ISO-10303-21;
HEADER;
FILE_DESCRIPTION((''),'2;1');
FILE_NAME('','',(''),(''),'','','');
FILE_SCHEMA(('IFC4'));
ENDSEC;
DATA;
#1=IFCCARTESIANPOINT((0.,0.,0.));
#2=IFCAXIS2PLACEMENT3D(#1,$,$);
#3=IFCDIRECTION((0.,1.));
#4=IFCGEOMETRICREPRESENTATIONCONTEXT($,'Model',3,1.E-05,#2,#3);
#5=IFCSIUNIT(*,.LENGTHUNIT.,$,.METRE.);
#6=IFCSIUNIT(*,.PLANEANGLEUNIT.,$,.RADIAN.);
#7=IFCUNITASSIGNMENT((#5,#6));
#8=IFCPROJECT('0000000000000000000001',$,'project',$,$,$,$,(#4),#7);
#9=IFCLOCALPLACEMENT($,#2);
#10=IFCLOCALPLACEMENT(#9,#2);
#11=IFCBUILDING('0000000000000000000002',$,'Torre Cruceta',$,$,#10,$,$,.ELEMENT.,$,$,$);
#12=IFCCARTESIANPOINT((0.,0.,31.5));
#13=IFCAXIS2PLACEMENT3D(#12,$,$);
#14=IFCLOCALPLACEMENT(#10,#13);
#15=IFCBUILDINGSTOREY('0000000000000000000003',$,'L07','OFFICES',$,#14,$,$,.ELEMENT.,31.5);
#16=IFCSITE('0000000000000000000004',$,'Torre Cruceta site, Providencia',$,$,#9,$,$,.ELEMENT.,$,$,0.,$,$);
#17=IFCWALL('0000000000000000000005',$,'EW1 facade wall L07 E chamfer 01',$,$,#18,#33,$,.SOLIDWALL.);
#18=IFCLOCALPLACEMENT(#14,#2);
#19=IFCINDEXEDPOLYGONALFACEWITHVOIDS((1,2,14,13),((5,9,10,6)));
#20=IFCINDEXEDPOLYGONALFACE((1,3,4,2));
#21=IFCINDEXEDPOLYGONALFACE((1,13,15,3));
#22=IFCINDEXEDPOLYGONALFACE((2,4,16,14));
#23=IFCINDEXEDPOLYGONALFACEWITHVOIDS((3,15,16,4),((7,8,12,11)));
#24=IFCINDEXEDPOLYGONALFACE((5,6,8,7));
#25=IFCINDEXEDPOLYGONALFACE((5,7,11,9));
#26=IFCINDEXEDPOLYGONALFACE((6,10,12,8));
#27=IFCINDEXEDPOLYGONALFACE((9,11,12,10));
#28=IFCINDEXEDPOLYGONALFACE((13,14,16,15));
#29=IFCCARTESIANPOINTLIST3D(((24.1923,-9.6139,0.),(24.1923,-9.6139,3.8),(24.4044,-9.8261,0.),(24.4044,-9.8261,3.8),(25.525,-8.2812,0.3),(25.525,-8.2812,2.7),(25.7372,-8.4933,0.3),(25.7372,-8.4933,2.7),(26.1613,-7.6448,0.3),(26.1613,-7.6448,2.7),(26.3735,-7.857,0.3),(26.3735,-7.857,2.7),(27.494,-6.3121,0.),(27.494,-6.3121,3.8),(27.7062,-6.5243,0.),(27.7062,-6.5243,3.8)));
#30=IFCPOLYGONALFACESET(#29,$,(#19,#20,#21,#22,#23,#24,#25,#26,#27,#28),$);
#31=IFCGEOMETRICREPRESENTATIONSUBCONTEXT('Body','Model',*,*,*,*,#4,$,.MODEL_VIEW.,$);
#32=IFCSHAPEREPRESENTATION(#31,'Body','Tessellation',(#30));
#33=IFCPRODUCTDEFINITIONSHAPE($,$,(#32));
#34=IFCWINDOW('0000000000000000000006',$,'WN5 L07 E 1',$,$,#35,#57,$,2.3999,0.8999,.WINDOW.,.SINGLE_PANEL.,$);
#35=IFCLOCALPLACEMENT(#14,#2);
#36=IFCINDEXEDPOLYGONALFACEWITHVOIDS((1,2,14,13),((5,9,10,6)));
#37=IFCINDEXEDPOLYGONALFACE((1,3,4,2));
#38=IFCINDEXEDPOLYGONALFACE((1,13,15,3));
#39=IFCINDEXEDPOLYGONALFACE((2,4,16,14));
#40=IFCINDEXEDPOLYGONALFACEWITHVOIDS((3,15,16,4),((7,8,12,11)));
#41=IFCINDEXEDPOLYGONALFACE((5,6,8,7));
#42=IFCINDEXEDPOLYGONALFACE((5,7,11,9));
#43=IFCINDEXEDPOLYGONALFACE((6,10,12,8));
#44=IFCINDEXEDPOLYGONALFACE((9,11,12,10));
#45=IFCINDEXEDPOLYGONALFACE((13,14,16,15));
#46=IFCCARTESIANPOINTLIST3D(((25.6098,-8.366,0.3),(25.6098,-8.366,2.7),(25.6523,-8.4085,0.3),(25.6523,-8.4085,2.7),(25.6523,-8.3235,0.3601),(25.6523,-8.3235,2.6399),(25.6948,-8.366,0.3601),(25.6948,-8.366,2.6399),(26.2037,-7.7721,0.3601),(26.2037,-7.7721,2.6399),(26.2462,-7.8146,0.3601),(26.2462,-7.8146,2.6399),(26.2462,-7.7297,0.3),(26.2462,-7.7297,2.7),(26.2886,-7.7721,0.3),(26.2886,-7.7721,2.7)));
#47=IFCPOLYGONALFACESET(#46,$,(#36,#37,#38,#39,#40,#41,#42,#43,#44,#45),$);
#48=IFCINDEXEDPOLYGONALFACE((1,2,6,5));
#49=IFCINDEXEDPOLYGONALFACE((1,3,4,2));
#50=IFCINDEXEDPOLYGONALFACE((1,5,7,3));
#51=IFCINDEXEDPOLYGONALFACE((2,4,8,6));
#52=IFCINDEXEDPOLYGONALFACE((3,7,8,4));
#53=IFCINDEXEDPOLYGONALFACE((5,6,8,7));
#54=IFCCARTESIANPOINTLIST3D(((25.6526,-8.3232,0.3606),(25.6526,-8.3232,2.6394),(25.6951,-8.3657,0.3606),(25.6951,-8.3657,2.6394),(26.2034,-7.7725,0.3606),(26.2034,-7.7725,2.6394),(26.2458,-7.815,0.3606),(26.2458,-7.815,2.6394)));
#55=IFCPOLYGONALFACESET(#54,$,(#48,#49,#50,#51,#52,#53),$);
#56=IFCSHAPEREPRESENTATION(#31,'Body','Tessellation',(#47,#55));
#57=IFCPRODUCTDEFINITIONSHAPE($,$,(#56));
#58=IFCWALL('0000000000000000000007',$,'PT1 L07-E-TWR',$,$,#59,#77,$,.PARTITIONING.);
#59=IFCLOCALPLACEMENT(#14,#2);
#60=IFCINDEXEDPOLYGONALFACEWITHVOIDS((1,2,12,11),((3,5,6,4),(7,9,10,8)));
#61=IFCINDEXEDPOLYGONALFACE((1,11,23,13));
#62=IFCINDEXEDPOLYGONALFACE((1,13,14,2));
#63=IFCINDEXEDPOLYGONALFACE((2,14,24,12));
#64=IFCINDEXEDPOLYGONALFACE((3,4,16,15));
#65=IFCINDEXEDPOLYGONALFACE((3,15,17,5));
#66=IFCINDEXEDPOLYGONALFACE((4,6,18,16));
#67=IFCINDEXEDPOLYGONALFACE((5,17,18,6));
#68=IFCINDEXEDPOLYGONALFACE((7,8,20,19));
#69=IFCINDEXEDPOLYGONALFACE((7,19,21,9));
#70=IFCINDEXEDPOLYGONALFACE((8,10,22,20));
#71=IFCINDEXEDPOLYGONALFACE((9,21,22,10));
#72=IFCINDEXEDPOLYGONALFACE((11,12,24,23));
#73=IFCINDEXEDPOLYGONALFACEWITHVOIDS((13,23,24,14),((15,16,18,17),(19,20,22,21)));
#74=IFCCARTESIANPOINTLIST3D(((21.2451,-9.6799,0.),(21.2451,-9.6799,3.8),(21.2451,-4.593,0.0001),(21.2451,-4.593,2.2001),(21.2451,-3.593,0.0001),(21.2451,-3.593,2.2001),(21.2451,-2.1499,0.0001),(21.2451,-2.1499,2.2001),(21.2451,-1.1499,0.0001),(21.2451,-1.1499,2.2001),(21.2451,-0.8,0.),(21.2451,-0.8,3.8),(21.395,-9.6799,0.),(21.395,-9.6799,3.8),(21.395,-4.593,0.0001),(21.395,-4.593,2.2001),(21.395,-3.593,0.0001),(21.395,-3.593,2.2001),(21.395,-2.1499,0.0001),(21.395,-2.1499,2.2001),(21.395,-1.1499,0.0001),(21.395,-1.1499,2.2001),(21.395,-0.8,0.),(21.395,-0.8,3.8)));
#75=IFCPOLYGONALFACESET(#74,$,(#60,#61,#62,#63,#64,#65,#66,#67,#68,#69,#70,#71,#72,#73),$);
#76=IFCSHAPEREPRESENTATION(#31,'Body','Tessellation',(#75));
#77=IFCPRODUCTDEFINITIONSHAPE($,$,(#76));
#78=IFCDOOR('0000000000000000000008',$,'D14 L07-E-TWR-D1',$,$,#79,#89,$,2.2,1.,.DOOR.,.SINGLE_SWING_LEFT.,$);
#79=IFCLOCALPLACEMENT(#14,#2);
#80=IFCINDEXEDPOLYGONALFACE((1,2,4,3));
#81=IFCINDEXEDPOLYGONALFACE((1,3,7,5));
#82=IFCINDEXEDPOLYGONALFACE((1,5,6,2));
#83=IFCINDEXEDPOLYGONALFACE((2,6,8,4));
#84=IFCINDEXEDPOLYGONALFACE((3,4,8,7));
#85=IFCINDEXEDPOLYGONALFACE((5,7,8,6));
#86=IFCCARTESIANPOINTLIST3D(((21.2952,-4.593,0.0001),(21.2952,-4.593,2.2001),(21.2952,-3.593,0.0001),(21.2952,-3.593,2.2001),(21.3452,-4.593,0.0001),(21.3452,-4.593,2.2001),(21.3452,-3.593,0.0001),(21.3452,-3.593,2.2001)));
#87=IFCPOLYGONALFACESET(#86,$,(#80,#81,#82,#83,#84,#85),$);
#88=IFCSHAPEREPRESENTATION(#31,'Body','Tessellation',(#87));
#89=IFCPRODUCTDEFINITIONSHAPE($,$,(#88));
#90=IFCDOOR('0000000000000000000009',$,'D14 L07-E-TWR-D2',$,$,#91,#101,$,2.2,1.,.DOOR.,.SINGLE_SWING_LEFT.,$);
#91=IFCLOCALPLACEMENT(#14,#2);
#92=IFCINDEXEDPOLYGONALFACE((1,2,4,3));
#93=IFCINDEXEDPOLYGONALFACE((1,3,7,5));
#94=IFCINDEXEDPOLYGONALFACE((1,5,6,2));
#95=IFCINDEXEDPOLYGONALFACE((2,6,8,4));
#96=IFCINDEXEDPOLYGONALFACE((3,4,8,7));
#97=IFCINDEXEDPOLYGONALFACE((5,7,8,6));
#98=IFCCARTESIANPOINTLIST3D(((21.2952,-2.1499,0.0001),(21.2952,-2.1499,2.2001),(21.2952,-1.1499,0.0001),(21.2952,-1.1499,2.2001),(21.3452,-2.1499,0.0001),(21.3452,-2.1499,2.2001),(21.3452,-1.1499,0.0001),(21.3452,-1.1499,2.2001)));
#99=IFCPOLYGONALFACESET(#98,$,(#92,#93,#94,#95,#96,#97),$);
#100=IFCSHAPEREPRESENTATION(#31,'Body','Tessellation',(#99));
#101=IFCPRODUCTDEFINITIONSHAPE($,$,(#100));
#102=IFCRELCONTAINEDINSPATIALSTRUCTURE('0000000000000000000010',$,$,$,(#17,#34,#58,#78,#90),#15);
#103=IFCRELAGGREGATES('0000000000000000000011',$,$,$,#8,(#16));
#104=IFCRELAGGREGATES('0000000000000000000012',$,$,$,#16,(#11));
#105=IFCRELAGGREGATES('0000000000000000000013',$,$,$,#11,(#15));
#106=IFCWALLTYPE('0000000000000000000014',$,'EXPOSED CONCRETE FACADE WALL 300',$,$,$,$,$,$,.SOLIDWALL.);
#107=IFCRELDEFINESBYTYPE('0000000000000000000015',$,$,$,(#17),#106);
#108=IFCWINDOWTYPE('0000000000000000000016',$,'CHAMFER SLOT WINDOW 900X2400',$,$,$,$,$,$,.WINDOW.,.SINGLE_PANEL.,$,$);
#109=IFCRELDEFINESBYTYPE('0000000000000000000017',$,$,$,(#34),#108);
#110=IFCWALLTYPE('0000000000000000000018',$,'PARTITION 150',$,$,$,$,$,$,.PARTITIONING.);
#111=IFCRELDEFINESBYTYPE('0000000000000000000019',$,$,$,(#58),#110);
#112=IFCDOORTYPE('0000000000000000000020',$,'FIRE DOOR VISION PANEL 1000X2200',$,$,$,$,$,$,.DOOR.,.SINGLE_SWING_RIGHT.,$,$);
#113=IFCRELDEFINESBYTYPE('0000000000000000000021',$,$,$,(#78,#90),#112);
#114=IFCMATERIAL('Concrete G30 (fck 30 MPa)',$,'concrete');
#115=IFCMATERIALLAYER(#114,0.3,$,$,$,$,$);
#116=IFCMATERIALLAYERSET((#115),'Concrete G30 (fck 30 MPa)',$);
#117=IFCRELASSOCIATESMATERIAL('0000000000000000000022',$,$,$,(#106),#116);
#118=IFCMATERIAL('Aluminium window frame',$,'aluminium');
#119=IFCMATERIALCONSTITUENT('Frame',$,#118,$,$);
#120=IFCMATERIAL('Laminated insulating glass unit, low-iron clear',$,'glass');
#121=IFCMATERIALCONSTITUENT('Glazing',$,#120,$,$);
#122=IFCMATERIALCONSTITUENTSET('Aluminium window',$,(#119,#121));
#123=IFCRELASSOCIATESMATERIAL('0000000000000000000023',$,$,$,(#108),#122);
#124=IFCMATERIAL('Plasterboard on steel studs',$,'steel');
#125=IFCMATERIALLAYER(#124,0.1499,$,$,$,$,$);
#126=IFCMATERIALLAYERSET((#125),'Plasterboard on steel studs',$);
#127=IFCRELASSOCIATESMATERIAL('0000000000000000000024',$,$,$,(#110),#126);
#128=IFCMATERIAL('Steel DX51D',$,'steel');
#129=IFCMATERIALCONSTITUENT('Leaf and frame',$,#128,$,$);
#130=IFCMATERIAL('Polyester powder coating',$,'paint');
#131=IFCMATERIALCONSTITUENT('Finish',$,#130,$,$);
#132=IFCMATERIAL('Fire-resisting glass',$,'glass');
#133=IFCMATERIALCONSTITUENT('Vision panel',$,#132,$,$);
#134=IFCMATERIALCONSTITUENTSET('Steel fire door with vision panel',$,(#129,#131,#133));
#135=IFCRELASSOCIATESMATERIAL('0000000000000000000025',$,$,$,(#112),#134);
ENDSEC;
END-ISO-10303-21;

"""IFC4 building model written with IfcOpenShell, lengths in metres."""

from ifc_helpers import new_model, si_unit, direction, frame, frame_2d, origin, place, context, subcontext, project, spatial, rectangle, hollow_rectangle, extrude, material, layer, layer_set, constituent, constituent_set, type_object, element, fill, save


model = new_model("IFC4")

# Units and contexts
model_context = context("Model", 3, precision=1e-05, world=origin(), true_north=direction((0.0, 1.0)))
body_context = subcontext(model_context, "Body", "Model", "MODEL_VIEW")
ifc_project = project(units=[si_unit("LENGTHUNIT", "METRE"), si_unit("PLANEANGLEUNIT", "RADIAN")], contexts=[model_context])

# Site, building, storey
site_placement = place(None, origin())
site = spatial("IfcSite", under=ifc_project, at=site_placement, Name="Torre Cruceta site, Providencia", CompositionType="ELEMENT", RefElevation=0.0)
building_placement = place(site_placement, origin())
building = spatial("IfcBuilding", under=site, at=building_placement, Name="Torre Cruceta", CompositionType="ELEMENT")
storey_placement = place(building_placement, frame((0.0, 0.0, 31.5)))
storey = spatial("IfcBuildingStorey", under=building, at=storey_placement, Name="L07", Description="OFFICES", CompositionType="ELEMENT", Elevation=31.5)

# Wall, opening, window
ifc_material_1 = material(Name="Concrete G30 (fck 30 MPa)", Category="concrete")
ifc_layer_1 = layer(ifc_material_1, 0.3)
ifc_layer_set_1 = layer_set([ifc_layer_1], Name="Concrete G30 (fck 30 MPa)")
wall_type_1 = type_object("IfcWallType", Name="EXPOSED CONCRETE FACADE WALL 300", PredefinedType="SOLIDWALL", material=ifc_layer_set_1)
wall_1_placement = place(storey_placement, frame((24.2983, -9.72, 0.0), z_axis=(0.0, 0.0, 1.0), x_axis=(0.707107, 0.707107, 0.0)))
wall_1 = element("IfcWall", 1, at=wall_1_placement, inside=storey, type_object=wall_type_1, Name="EW1 facade wall L07 E chamfer 01", PredefinedType="SOLIDWALL", context=body_context, shape_type="SweptSolid", body=[
    extrude(rectangle(XDim=4.6694, YDim=0.3, at=frame_2d((2.3347, 0.0))), origin(), (0.0, 0.0, 1.0), 3.8),
])
opening_1_placement = place(wall_1_placement, frame((1.8848, 0.0, 0.3)))
opening_1 = element("IfcOpeningElement", 2, at=opening_1_placement, cuts=wall_1, PredefinedType="OPENING", context=body_context, shape_type="SweptSolid", body=[
    extrude(rectangle(XDim=0.8999, YDim=2.3999, at=frame_2d((0.45, 1.2))), frame((0.0, 0.1599, 0.0), z_axis=(0.0, -1.0, 0.0), x_axis=(1.0, 0.0, 0.0)), (0.0, 0.0, 1.0), 0.3201),
])
ifc_material_2 = material(Name="Aluminium window frame", Category="aluminium")
ifc_constituent_1 = constituent(ifc_material_2, Name="Frame")
ifc_material_3 = material(Name="Laminated insulating glass unit, low-iron clear", Category="glass")
ifc_constituent_2 = constituent(ifc_material_3, Name="Glazing")
ifc_constituent_set_1 = constituent_set(constituents=[ifc_constituent_1, ifc_constituent_2], Name="Aluminium window")
window_type = type_object("IfcWindowType", Name="CHAMFER SLOT WINDOW 900X2400", PartitioningType="SINGLE_PANEL", PredefinedType="WINDOW", material=ifc_constituent_set_1)
window_placement = place(opening_1_placement, origin())
window = element("IfcWindow", 3, at=window_placement, inside=storey, type_object=window_type, Name="WN5 L07 E 1", OverallHeight=2.3999, OverallWidth=0.8999, PartitioningType="SINGLE_PANEL", PredefinedType="WINDOW", context=body_context, shape_type="SweptSolid", body=[
    extrude(hollow_rectangle(XDim=0.8999, YDim=2.3999, WallThickness=0.0601, at=frame_2d((0.45, 1.2))), frame((0.0, 0.03, 0.0), z_axis=(0.0, -1.0, 0.0), x_axis=(1.0, 0.0, 0.0)), (0.0, 0.0, 1.0), 0.0601),
    extrude(rectangle(XDim=0.7788, YDim=2.2788, at=frame_2d((0.45, 1.2))), frame((0.0, 0.03, 0.0), z_axis=(0.0, -1.0, 0.0), x_axis=(1.0, 0.0, 0.0)), (0.0, 0.0, 1.0), 0.0601),
])
fill(opening_1, window)

# Wall, openings, doors
ifc_material_4 = material(Name="Plasterboard on steel studs", Category="steel")
ifc_layer_2 = layer(ifc_material_4, 0.1499)
ifc_layer_set_2 = layer_set([ifc_layer_2], Name="Plasterboard on steel studs")
wall_type_2 = type_object("IfcWallType", Name="PARTITION 150", PredefinedType="PARTITIONING", material=ifc_layer_set_2)
wall_2_placement = place(storey_placement, frame((21.3201, -9.6799, 0.0), z_axis=(0.0, 0.0, 1.0), x_axis=(0.0, 1.0, 0.0)))
wall_2 = element("IfcWall", 4, at=wall_2_placement, inside=storey, type_object=wall_type_2, Name="PT1 L07-E-TWR", PredefinedType="PARTITIONING", context=body_context, shape_type="SweptSolid", body=[
    extrude(rectangle(XDim=8.8799, YDim=0.1499, at=frame_2d((4.4399, 0.0))), origin(), (0.0, 0.0, 1.0), 3.8),
])
opening_2_placement = place(wall_2_placement, frame((5.0869, 0.0, 0.0)))
opening_2 = element("IfcOpeningElement", 5, at=opening_2_placement, cuts=wall_2, PredefinedType="OPENING", context=body_context, shape_type="SweptSolid", body=[
    extrude(rectangle(XDim=1.0, YDim=2.2, at=frame_2d((0.5, 1.1001))), frame((0.0, 0.085, 0.0), z_axis=(0.0, -1.0, 0.0), x_axis=(1.0, 0.0, 0.0)), (0.0, 0.0, 1.0), 0.1699),
])
opening_3_placement = place(wall_2_placement, frame((7.53, 0.0, 0.0)))
opening_3 = element("IfcOpeningElement", 6, at=opening_3_placement, cuts=wall_2, PredefinedType="OPENING", context=body_context, shape_type="SweptSolid", body=[
    extrude(rectangle(XDim=1.0, YDim=2.2, at=frame_2d((0.5, 1.1001))), frame((0.0, 0.085, 0.0), z_axis=(0.0, -1.0, 0.0), x_axis=(1.0, 0.0, 0.0)), (0.0, 0.0, 1.0), 0.1699),
])
ifc_material_5 = material(Name="Steel DX51D", Category="steel")
ifc_constituent_3 = constituent(ifc_material_5, Name="Leaf and frame")
ifc_material_6 = material(Name="Polyester powder coating", Category="paint")
ifc_constituent_4 = constituent(ifc_material_6, Name="Finish")
ifc_material_7 = material(Name="Fire-resisting glass", Category="glass")
ifc_constituent_5 = constituent(ifc_material_7, Name="Vision panel")
ifc_constituent_set_2 = constituent_set(constituents=[ifc_constituent_3, ifc_constituent_4, ifc_constituent_5], Name="Steel fire door with vision panel")
door_type = type_object("IfcDoorType", Name="FIRE DOOR VISION PANEL 1000X2200", OperationType="SINGLE_SWING_RIGHT", PredefinedType="DOOR", material=ifc_constituent_set_2)
door_1_placement = place(opening_2_placement, frame((1.0, 0.0, 0.0), z_axis=(0.0, 0.0, 1.0), x_axis=(-1.0, 0.0, 0.0)))
door_1 = element("IfcDoor", 7, at=door_1_placement, inside=storey, type_object=door_type, Name="D14 L07-E-TWR-D1", OperationType="SINGLE_SWING_LEFT", OverallHeight=2.2, OverallWidth=1.0, PredefinedType="DOOR", context=body_context, shape_type="SweptSolid", body=[
    extrude(rectangle(XDim=1.0, YDim=2.2, at=frame_2d((0.5, 1.1001))), frame((0.0, 0.0251, 0.0), z_axis=(0.0, -1.0, 0.0), x_axis=(1.0, 0.0, 0.0)), (0.0, 0.0, 1.0), 0.05),
])
fill(opening_2, door_1)
door_2_placement = place(opening_3_placement, frame((1.0, 0.0, 0.0), z_axis=(0.0, 0.0, 1.0), x_axis=(-1.0, 0.0, 0.0)))
door_2 = element("IfcDoor", 8, at=door_2_placement, inside=storey, type_object=door_type, Name="D14 L07-E-TWR-D2", OperationType="SINGLE_SWING_LEFT", OverallHeight=2.2, OverallWidth=1.0, PredefinedType="DOOR", context=body_context, shape_type="SweptSolid", body=[
    extrude(rectangle(XDim=1.0, YDim=2.2, at=frame_2d((0.5, 1.1001))), frame((0.0, 0.0251, 0.0), z_axis=(0.0, -1.0, 0.0), x_axis=(1.0, 0.0, 0.0)), (0.0, 0.0, 1.0), 0.05),
])
fill(opening_3, door_2)

save(model, "model.ifc")
